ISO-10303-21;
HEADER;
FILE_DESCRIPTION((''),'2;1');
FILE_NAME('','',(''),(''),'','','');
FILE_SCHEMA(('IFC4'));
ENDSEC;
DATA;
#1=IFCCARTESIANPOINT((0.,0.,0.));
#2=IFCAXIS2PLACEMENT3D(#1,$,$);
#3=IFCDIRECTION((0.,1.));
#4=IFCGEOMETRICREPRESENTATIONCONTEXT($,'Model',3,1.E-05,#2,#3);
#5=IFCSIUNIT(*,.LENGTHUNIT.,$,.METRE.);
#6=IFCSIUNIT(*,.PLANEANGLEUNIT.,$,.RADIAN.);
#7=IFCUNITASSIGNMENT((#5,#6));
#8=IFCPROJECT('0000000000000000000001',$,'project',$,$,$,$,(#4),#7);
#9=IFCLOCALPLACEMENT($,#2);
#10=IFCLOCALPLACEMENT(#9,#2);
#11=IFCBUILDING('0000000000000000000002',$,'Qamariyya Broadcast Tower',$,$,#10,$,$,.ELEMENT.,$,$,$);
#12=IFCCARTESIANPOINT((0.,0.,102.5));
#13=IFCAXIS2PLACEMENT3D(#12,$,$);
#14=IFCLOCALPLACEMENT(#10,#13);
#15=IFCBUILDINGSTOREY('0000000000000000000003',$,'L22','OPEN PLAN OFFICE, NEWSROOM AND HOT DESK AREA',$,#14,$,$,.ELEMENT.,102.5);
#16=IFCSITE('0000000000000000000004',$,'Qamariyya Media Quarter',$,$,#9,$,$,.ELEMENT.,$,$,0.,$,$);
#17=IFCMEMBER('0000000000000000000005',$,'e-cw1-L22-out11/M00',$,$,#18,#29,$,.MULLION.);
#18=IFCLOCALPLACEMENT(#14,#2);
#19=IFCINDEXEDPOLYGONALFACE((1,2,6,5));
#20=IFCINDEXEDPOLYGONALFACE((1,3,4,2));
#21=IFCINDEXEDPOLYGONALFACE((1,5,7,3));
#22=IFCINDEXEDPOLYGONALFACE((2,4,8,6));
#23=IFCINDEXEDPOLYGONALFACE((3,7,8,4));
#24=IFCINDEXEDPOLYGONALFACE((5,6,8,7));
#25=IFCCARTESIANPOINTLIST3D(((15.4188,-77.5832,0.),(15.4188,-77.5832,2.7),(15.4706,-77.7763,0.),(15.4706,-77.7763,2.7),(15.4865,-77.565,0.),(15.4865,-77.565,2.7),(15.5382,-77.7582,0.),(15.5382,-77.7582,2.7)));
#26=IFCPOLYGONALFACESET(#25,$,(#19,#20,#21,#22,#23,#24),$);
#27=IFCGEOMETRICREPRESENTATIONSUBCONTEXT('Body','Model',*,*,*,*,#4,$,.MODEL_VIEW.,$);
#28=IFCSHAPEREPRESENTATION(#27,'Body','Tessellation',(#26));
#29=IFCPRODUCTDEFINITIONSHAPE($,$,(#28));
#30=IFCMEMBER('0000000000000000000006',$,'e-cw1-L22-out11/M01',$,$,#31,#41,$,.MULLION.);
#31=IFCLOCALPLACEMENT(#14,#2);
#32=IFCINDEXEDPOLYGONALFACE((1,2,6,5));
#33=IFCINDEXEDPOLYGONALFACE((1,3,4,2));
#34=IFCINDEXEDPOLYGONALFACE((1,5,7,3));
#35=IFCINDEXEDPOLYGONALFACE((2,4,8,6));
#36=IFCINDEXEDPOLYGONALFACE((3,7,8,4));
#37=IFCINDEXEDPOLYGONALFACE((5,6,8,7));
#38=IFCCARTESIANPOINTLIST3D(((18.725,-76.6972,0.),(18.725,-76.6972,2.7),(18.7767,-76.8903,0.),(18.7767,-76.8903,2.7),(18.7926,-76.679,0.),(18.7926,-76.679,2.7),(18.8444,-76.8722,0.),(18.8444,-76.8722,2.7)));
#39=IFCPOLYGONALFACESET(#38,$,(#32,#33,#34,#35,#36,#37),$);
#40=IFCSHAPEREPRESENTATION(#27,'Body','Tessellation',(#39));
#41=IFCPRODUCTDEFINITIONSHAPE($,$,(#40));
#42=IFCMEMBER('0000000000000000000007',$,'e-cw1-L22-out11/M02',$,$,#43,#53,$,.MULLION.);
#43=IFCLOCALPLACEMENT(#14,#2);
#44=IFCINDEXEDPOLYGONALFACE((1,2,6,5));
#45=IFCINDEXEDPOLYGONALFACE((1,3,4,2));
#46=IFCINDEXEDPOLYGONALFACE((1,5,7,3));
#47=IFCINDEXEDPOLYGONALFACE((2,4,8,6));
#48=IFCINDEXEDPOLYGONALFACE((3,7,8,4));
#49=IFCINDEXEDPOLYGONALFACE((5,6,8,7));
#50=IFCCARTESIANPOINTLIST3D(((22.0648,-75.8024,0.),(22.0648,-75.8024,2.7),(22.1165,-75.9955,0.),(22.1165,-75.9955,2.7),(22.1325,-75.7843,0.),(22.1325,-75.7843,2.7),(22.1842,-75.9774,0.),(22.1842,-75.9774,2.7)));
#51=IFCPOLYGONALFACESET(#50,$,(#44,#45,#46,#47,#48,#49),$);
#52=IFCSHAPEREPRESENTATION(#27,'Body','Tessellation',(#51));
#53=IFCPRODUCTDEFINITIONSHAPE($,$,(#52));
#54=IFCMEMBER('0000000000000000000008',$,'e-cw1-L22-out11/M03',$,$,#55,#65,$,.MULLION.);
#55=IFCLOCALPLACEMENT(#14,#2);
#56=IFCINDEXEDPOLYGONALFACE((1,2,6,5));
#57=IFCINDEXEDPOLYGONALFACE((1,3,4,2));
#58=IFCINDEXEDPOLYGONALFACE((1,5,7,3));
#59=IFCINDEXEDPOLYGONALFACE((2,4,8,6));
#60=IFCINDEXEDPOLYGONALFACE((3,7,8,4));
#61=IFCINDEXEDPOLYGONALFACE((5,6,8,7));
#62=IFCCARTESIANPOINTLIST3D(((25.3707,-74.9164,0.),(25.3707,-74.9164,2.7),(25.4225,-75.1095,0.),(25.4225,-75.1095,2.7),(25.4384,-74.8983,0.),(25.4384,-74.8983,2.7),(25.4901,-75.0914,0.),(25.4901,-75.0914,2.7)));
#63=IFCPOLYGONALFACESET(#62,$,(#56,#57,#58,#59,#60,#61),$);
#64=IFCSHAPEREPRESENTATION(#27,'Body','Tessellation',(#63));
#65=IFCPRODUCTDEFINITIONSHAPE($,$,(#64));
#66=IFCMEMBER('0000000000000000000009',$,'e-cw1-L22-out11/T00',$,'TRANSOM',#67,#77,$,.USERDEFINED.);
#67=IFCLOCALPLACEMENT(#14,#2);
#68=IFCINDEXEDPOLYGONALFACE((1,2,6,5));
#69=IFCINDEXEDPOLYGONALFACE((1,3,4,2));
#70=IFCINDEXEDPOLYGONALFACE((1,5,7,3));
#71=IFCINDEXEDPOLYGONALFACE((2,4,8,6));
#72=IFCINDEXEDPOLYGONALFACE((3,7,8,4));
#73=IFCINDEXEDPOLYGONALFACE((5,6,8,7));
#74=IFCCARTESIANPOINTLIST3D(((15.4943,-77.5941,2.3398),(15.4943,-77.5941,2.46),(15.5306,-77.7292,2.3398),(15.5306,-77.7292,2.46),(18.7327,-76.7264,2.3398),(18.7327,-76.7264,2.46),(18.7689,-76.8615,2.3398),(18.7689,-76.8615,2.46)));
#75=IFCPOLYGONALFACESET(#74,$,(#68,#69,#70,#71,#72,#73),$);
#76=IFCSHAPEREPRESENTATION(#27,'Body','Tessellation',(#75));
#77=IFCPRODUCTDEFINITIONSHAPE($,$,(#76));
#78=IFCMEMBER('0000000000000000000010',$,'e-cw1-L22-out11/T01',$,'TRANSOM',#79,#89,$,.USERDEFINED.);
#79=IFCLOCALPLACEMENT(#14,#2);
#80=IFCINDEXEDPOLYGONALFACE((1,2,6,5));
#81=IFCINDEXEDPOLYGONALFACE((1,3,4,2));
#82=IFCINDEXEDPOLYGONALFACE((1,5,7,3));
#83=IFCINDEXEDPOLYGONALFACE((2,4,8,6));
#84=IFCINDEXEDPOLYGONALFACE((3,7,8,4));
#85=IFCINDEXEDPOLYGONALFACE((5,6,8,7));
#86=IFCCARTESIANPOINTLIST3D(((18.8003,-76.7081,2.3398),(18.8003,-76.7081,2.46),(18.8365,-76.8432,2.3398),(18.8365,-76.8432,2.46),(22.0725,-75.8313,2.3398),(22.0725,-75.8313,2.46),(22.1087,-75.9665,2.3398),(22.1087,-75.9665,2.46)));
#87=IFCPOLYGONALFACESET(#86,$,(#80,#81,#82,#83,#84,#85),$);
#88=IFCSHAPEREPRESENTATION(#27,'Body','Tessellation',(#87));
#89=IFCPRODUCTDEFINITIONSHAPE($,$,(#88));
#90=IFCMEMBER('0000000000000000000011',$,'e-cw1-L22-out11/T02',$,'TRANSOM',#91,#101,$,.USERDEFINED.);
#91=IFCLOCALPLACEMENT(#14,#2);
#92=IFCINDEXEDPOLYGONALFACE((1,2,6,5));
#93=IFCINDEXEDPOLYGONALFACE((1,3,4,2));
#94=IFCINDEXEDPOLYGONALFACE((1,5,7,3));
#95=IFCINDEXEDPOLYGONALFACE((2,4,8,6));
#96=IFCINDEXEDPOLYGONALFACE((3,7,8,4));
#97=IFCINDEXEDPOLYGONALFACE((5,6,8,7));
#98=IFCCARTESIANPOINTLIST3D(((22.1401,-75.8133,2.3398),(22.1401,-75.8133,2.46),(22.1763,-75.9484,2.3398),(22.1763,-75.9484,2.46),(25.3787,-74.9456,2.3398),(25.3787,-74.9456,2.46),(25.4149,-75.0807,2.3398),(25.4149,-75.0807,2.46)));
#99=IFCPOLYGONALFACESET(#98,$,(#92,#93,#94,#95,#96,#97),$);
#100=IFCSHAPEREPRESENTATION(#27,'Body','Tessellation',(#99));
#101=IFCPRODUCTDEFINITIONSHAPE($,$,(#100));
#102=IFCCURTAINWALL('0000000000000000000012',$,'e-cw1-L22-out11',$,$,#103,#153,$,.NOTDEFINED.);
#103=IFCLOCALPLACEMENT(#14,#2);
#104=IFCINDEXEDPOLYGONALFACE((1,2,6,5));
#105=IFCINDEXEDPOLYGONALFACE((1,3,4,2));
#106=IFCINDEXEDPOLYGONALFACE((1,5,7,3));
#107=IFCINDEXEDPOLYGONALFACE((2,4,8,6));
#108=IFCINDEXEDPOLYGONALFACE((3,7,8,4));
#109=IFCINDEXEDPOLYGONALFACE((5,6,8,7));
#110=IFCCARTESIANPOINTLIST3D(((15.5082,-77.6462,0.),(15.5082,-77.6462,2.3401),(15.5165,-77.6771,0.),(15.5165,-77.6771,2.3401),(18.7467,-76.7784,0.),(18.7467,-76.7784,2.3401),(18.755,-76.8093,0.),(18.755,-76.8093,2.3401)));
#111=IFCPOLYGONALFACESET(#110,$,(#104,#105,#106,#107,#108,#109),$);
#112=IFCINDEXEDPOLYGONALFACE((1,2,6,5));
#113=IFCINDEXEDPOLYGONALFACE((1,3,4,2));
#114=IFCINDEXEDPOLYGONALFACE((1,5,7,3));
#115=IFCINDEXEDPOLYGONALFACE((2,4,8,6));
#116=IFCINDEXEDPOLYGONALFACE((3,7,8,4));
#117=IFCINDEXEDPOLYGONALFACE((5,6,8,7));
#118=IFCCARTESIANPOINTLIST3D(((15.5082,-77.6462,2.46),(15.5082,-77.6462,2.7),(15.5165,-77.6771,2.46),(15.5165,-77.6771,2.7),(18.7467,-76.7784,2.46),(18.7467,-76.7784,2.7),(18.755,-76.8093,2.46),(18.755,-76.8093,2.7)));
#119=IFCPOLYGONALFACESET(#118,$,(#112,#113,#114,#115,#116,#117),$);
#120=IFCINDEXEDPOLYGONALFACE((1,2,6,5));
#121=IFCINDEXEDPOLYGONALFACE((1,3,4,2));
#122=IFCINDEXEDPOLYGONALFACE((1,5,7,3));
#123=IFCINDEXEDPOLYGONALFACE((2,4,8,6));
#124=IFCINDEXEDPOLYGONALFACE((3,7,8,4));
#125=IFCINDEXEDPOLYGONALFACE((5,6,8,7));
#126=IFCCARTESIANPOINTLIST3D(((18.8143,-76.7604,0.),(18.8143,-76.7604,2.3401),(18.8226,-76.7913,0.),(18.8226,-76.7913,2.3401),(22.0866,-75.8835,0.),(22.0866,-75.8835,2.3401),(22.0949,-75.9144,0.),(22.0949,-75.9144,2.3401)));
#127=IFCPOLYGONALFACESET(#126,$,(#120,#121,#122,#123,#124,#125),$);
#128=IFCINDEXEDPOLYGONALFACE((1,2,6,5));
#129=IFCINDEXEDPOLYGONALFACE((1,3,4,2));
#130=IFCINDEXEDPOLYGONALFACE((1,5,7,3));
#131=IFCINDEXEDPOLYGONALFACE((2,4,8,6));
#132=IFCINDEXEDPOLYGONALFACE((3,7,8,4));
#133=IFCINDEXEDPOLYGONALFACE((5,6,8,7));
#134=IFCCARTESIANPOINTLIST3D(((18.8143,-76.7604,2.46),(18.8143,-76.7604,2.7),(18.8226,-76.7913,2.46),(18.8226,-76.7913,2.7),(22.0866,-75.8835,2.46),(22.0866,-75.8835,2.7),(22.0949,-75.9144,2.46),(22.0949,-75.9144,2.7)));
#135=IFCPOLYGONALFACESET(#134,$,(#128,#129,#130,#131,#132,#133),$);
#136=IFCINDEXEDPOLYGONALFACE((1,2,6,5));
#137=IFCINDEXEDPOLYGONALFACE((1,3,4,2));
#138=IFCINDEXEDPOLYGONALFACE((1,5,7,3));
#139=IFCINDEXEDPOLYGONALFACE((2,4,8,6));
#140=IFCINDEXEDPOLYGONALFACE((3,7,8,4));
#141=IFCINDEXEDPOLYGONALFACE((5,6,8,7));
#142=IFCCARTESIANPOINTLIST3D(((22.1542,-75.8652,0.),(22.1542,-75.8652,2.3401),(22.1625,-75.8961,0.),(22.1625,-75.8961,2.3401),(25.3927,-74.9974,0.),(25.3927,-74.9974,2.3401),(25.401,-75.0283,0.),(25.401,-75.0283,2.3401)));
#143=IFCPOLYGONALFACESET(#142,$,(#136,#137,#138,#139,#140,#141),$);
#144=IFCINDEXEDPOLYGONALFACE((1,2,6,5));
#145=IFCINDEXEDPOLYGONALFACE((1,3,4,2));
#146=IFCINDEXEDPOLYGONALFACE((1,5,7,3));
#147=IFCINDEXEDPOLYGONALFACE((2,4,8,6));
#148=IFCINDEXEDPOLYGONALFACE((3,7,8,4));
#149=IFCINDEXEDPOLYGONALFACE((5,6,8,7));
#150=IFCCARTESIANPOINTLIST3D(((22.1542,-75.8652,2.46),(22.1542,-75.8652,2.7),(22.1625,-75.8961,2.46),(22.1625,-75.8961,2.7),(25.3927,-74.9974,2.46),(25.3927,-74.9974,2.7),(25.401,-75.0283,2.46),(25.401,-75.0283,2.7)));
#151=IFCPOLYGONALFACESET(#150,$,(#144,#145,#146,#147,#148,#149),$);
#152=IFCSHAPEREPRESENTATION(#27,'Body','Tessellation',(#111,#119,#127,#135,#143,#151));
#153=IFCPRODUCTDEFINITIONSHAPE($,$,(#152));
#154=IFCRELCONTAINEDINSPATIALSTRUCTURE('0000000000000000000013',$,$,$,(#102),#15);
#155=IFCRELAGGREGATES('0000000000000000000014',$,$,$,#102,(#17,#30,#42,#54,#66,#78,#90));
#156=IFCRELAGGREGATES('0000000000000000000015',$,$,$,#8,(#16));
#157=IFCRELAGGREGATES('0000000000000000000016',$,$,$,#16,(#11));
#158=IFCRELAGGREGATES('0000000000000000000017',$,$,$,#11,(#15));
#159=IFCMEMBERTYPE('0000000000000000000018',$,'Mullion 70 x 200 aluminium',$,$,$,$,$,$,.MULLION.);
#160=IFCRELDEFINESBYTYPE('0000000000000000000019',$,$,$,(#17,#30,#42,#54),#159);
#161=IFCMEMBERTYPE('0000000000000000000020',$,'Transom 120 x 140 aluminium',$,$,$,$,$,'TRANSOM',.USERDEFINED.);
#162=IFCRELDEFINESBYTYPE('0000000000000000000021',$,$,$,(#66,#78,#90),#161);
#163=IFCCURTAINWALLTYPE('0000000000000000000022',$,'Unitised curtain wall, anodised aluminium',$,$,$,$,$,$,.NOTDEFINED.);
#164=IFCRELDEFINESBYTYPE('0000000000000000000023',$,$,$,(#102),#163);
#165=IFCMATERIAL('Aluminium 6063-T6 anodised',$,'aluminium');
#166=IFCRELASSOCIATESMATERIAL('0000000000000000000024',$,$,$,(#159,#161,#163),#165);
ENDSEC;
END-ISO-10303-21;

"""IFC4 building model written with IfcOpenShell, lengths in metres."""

from ifc_helpers import new_model, si_unit, direction, frame, origin, origin_2d, place, context, subcontext, project, spatial, rectangle, extrude, material, material_profile, profile_set, type_object, element, aggregate, save


model = new_model("IFC4")

# Units and contexts
model_context = context("Model", 3, precision=1e-05, world=origin(), true_north=direction((0.0, 1.0)))
body_context = subcontext(model_context, "Body", "Model", "MODEL_VIEW")
ifc_project = project(units=[si_unit("LENGTHUNIT", "METRE"), si_unit("PLANEANGLEUNIT", "RADIAN")], contexts=[model_context])

# Members
ifc_material = material(Name="Aluminium 6063-T6 anodised", Category="aluminium")
ifc_material_profile_1 = material_profile(ifc_material, rectangle(XDim=0.2, YDim=0.0701, at=origin_2d()))
ifc_profile_set_1 = profile_set([ifc_material_profile_1], Name="Aluminium 6063-T6 anodised")
member_type_1 = type_object("IfcMemberType", Name="Mullion 70 x 200 aluminium", PredefinedType="MULLION", material=ifc_profile_set_1)
site_placement = place(None, origin())
building_placement = place(site_placement, origin())
storey_placement = place(building_placement, frame((0.0, 0.0, 102.5)))
member_1_placement = place(storey_placement, frame((15.4785, -77.6707, 0.0), z_axis=(0.0, 0.0, 1.0), x_axis=(-0.258819, 0.965926, 0.0)))
member_1 = element("IfcMember", 1, at=member_1_placement, type_object=member_type_1, Name="e-cw1-L22-out11/M00", PredefinedType="MULLION", context=body_context, shape_type="SweptSolid", body=[
    extrude(rectangle(XDim=0.2, YDim=0.0701, at=origin_2d()), origin(), (0.0, 0.0, 1.0), 2.7),
])
member_2_placement = place(storey_placement, frame((18.7847, -76.7847, 0.0), z_axis=(0.0, 0.0, 1.0), x_axis=(-0.258819, 0.965926, 0.0)))
member_2 = element("IfcMember", 2, at=member_2_placement, type_object=member_type_1, Name="e-cw1-L22-out11/M01", PredefinedType="MULLION", context=body_context, shape_type="SweptSolid", body=[
    extrude(rectangle(XDim=0.2, YDim=0.0701, at=origin_2d()), origin(), (0.0, 0.0, 1.0), 2.7),
])
member_3_placement = place(storey_placement, frame((22.1245, -75.8899, 0.0), z_axis=(0.0, 0.0, 1.0), x_axis=(-0.258819, 0.965926, 0.0)))
member_3 = element("IfcMember", 3, at=member_3_placement, type_object=member_type_1, Name="e-cw1-L22-out11/M02", PredefinedType="MULLION", context=body_context, shape_type="SweptSolid", body=[
    extrude(rectangle(XDim=0.2, YDim=0.0701, at=origin_2d()), origin(), (0.0, 0.0, 1.0), 2.7),
])
member_4_placement = place(storey_placement, frame((25.4304, -75.0039, 0.0), z_axis=(0.0, 0.0, 1.0), x_axis=(-0.258819, 0.965926, 0.0)))
member_4 = element("IfcMember", 4, at=member_4_placement, type_object=member_type_1, Name="e-cw1-L22-out11/M03", PredefinedType="MULLION", context=body_context, shape_type="SweptSolid", body=[
    extrude(rectangle(XDim=0.2, YDim=0.0701, at=origin_2d()), origin(), (0.0, 0.0, 1.0), 2.7),
])
ifc_material_profile_2 = material_profile(ifc_material, rectangle(XDim=0.1399, YDim=0.1201, at=origin_2d()))
ifc_profile_set_2 = profile_set([ifc_material_profile_2], Name="Aluminium 6063-T6 anodised")
member_type_2 = type_object("IfcMemberType", Name="Transom 120 x 140 aluminium", ElementType="TRANSOM", PredefinedType="USERDEFINED", material=ifc_profile_set_2)
member_5_placement = place(storey_placement, frame((15.5125, -77.6616, 2.3999), z_axis=(0.965927, 0.258814, 0.0), x_axis=(-0.258814, 0.965927, 0.0)))
member_5 = element("IfcMember", 5, at=member_5_placement, type_object=member_type_2, Name="e-cw1-L22-out11/T00", ObjectType="TRANSOM", PredefinedType="USERDEFINED", context=body_context, shape_type="SweptSolid", body=[
    extrude(rectangle(XDim=0.1399, YDim=0.1201, at=origin_2d()), origin(), (0.0, 0.0, 1.0), 3.3525),
])
member_6_placement = place(storey_placement, frame((18.8184, -76.7756, 2.3999), z_axis=(0.965932, 0.258797, 0.0), x_axis=(-0.258797, 0.965932, 0.0)))
member_6 = element("IfcMember", 6, at=member_6_placement, type_object=member_type_2, Name="e-cw1-L22-out11/T01", ObjectType="TRANSOM", PredefinedType="USERDEFINED", context=body_context, shape_type="SweptSolid", body=[
    extrude(rectangle(XDim=0.1399, YDim=0.1201, at=origin_2d()), origin(), (0.0, 0.0, 1.0), 3.3877),
])
member_7_placement = place(storey_placement, frame((22.1582, -75.8809, 2.3999), z_axis=(0.965932, 0.258796, 0.0), x_axis=(-0.258796, 0.965932, 0.0)))
member_7 = element("IfcMember", 7, at=member_7_placement, type_object=member_type_2, Name="e-cw1-L22-out11/T02", ObjectType="TRANSOM", PredefinedType="USERDEFINED", context=body_context, shape_type="SweptSolid", body=[
    extrude(rectangle(XDim=0.1399, YDim=0.1201, at=origin_2d()), origin(), (0.0, 0.0, 1.0), 3.3528),
])

# Site, building, storey
site = spatial("IfcSite", under=ifc_project, at=site_placement, Name="Qamariyya Media Quarter", CompositionType="ELEMENT", RefElevation=0.0)
building = spatial("IfcBuilding", under=site, at=building_placement, Name="Qamariyya Broadcast Tower", CompositionType="ELEMENT")
storey = spatial("IfcBuildingStorey", under=building, at=storey_placement, Name="L22", Description="OPEN PLAN OFFICE, NEWSROOM AND HOT DESK AREA", CompositionType="ELEMENT", Elevation=102.5)

# Curtain wall
curtain_wall_type = type_object("IfcCurtainWallType", Name="Unitised curtain wall, anodised aluminium", PredefinedType="NOTDEFINED", material=ifc_material)
curtain_wall_1_placement = place(storey_placement, origin())
curtain_wall_1 = element("IfcCurtainWall", 8, at=curtain_wall_1_placement, inside=storey, type_object=curtain_wall_type, Name="e-cw1-L22-out11", PredefinedType="NOTDEFINED", context=body_context, shape_type="SweptSolid", body=[
    extrude(rectangle(XDim=3.3528, YDim=0.032, at=origin_2d()), frame((17.1316, -77.2278, 0.0), x_axis=(0.965924, 0.258827, 0.0)), (0.0, 0.0, 1.0), 2.3401),
    extrude(rectangle(XDim=3.3528, YDim=0.032, at=origin_2d()), frame((17.1316, -77.2278, 2.46), x_axis=(0.965924, 0.258827, 0.0)), (0.0, 0.0, 1.0), 0.24),
    extrude(rectangle(XDim=3.3877, YDim=0.032, at=origin_2d()), frame((20.4546, -76.3374, 0.0), x_axis=(0.965924, 0.258827, 0.0)), (0.0, 0.0, 1.0), 2.3401),
    extrude(rectangle(XDim=3.3877, YDim=0.032, at=origin_2d()), frame((20.4546, -76.3374, 2.46), x_axis=(0.965924, 0.258827, 0.0)), (0.0, 0.0, 1.0), 0.24),
    extrude(rectangle(XDim=3.3528, YDim=0.032, at=origin_2d()), frame((23.7776, -75.4468, 0.0), x_axis=(0.965924, 0.258827, 0.0)), (0.0, 0.0, 1.0), 2.3401),
    extrude(rectangle(XDim=3.3528, YDim=0.032, at=origin_2d()), frame((23.7776, -75.4468, 2.46), x_axis=(0.965924, 0.258827, 0.0)), (0.0, 0.0, 1.0), 0.24),
])
aggregate(curtain_wall_1, [member_1, member_2, member_3, member_4, member_5, member_6, member_7])

save(model, "model.ifc")
